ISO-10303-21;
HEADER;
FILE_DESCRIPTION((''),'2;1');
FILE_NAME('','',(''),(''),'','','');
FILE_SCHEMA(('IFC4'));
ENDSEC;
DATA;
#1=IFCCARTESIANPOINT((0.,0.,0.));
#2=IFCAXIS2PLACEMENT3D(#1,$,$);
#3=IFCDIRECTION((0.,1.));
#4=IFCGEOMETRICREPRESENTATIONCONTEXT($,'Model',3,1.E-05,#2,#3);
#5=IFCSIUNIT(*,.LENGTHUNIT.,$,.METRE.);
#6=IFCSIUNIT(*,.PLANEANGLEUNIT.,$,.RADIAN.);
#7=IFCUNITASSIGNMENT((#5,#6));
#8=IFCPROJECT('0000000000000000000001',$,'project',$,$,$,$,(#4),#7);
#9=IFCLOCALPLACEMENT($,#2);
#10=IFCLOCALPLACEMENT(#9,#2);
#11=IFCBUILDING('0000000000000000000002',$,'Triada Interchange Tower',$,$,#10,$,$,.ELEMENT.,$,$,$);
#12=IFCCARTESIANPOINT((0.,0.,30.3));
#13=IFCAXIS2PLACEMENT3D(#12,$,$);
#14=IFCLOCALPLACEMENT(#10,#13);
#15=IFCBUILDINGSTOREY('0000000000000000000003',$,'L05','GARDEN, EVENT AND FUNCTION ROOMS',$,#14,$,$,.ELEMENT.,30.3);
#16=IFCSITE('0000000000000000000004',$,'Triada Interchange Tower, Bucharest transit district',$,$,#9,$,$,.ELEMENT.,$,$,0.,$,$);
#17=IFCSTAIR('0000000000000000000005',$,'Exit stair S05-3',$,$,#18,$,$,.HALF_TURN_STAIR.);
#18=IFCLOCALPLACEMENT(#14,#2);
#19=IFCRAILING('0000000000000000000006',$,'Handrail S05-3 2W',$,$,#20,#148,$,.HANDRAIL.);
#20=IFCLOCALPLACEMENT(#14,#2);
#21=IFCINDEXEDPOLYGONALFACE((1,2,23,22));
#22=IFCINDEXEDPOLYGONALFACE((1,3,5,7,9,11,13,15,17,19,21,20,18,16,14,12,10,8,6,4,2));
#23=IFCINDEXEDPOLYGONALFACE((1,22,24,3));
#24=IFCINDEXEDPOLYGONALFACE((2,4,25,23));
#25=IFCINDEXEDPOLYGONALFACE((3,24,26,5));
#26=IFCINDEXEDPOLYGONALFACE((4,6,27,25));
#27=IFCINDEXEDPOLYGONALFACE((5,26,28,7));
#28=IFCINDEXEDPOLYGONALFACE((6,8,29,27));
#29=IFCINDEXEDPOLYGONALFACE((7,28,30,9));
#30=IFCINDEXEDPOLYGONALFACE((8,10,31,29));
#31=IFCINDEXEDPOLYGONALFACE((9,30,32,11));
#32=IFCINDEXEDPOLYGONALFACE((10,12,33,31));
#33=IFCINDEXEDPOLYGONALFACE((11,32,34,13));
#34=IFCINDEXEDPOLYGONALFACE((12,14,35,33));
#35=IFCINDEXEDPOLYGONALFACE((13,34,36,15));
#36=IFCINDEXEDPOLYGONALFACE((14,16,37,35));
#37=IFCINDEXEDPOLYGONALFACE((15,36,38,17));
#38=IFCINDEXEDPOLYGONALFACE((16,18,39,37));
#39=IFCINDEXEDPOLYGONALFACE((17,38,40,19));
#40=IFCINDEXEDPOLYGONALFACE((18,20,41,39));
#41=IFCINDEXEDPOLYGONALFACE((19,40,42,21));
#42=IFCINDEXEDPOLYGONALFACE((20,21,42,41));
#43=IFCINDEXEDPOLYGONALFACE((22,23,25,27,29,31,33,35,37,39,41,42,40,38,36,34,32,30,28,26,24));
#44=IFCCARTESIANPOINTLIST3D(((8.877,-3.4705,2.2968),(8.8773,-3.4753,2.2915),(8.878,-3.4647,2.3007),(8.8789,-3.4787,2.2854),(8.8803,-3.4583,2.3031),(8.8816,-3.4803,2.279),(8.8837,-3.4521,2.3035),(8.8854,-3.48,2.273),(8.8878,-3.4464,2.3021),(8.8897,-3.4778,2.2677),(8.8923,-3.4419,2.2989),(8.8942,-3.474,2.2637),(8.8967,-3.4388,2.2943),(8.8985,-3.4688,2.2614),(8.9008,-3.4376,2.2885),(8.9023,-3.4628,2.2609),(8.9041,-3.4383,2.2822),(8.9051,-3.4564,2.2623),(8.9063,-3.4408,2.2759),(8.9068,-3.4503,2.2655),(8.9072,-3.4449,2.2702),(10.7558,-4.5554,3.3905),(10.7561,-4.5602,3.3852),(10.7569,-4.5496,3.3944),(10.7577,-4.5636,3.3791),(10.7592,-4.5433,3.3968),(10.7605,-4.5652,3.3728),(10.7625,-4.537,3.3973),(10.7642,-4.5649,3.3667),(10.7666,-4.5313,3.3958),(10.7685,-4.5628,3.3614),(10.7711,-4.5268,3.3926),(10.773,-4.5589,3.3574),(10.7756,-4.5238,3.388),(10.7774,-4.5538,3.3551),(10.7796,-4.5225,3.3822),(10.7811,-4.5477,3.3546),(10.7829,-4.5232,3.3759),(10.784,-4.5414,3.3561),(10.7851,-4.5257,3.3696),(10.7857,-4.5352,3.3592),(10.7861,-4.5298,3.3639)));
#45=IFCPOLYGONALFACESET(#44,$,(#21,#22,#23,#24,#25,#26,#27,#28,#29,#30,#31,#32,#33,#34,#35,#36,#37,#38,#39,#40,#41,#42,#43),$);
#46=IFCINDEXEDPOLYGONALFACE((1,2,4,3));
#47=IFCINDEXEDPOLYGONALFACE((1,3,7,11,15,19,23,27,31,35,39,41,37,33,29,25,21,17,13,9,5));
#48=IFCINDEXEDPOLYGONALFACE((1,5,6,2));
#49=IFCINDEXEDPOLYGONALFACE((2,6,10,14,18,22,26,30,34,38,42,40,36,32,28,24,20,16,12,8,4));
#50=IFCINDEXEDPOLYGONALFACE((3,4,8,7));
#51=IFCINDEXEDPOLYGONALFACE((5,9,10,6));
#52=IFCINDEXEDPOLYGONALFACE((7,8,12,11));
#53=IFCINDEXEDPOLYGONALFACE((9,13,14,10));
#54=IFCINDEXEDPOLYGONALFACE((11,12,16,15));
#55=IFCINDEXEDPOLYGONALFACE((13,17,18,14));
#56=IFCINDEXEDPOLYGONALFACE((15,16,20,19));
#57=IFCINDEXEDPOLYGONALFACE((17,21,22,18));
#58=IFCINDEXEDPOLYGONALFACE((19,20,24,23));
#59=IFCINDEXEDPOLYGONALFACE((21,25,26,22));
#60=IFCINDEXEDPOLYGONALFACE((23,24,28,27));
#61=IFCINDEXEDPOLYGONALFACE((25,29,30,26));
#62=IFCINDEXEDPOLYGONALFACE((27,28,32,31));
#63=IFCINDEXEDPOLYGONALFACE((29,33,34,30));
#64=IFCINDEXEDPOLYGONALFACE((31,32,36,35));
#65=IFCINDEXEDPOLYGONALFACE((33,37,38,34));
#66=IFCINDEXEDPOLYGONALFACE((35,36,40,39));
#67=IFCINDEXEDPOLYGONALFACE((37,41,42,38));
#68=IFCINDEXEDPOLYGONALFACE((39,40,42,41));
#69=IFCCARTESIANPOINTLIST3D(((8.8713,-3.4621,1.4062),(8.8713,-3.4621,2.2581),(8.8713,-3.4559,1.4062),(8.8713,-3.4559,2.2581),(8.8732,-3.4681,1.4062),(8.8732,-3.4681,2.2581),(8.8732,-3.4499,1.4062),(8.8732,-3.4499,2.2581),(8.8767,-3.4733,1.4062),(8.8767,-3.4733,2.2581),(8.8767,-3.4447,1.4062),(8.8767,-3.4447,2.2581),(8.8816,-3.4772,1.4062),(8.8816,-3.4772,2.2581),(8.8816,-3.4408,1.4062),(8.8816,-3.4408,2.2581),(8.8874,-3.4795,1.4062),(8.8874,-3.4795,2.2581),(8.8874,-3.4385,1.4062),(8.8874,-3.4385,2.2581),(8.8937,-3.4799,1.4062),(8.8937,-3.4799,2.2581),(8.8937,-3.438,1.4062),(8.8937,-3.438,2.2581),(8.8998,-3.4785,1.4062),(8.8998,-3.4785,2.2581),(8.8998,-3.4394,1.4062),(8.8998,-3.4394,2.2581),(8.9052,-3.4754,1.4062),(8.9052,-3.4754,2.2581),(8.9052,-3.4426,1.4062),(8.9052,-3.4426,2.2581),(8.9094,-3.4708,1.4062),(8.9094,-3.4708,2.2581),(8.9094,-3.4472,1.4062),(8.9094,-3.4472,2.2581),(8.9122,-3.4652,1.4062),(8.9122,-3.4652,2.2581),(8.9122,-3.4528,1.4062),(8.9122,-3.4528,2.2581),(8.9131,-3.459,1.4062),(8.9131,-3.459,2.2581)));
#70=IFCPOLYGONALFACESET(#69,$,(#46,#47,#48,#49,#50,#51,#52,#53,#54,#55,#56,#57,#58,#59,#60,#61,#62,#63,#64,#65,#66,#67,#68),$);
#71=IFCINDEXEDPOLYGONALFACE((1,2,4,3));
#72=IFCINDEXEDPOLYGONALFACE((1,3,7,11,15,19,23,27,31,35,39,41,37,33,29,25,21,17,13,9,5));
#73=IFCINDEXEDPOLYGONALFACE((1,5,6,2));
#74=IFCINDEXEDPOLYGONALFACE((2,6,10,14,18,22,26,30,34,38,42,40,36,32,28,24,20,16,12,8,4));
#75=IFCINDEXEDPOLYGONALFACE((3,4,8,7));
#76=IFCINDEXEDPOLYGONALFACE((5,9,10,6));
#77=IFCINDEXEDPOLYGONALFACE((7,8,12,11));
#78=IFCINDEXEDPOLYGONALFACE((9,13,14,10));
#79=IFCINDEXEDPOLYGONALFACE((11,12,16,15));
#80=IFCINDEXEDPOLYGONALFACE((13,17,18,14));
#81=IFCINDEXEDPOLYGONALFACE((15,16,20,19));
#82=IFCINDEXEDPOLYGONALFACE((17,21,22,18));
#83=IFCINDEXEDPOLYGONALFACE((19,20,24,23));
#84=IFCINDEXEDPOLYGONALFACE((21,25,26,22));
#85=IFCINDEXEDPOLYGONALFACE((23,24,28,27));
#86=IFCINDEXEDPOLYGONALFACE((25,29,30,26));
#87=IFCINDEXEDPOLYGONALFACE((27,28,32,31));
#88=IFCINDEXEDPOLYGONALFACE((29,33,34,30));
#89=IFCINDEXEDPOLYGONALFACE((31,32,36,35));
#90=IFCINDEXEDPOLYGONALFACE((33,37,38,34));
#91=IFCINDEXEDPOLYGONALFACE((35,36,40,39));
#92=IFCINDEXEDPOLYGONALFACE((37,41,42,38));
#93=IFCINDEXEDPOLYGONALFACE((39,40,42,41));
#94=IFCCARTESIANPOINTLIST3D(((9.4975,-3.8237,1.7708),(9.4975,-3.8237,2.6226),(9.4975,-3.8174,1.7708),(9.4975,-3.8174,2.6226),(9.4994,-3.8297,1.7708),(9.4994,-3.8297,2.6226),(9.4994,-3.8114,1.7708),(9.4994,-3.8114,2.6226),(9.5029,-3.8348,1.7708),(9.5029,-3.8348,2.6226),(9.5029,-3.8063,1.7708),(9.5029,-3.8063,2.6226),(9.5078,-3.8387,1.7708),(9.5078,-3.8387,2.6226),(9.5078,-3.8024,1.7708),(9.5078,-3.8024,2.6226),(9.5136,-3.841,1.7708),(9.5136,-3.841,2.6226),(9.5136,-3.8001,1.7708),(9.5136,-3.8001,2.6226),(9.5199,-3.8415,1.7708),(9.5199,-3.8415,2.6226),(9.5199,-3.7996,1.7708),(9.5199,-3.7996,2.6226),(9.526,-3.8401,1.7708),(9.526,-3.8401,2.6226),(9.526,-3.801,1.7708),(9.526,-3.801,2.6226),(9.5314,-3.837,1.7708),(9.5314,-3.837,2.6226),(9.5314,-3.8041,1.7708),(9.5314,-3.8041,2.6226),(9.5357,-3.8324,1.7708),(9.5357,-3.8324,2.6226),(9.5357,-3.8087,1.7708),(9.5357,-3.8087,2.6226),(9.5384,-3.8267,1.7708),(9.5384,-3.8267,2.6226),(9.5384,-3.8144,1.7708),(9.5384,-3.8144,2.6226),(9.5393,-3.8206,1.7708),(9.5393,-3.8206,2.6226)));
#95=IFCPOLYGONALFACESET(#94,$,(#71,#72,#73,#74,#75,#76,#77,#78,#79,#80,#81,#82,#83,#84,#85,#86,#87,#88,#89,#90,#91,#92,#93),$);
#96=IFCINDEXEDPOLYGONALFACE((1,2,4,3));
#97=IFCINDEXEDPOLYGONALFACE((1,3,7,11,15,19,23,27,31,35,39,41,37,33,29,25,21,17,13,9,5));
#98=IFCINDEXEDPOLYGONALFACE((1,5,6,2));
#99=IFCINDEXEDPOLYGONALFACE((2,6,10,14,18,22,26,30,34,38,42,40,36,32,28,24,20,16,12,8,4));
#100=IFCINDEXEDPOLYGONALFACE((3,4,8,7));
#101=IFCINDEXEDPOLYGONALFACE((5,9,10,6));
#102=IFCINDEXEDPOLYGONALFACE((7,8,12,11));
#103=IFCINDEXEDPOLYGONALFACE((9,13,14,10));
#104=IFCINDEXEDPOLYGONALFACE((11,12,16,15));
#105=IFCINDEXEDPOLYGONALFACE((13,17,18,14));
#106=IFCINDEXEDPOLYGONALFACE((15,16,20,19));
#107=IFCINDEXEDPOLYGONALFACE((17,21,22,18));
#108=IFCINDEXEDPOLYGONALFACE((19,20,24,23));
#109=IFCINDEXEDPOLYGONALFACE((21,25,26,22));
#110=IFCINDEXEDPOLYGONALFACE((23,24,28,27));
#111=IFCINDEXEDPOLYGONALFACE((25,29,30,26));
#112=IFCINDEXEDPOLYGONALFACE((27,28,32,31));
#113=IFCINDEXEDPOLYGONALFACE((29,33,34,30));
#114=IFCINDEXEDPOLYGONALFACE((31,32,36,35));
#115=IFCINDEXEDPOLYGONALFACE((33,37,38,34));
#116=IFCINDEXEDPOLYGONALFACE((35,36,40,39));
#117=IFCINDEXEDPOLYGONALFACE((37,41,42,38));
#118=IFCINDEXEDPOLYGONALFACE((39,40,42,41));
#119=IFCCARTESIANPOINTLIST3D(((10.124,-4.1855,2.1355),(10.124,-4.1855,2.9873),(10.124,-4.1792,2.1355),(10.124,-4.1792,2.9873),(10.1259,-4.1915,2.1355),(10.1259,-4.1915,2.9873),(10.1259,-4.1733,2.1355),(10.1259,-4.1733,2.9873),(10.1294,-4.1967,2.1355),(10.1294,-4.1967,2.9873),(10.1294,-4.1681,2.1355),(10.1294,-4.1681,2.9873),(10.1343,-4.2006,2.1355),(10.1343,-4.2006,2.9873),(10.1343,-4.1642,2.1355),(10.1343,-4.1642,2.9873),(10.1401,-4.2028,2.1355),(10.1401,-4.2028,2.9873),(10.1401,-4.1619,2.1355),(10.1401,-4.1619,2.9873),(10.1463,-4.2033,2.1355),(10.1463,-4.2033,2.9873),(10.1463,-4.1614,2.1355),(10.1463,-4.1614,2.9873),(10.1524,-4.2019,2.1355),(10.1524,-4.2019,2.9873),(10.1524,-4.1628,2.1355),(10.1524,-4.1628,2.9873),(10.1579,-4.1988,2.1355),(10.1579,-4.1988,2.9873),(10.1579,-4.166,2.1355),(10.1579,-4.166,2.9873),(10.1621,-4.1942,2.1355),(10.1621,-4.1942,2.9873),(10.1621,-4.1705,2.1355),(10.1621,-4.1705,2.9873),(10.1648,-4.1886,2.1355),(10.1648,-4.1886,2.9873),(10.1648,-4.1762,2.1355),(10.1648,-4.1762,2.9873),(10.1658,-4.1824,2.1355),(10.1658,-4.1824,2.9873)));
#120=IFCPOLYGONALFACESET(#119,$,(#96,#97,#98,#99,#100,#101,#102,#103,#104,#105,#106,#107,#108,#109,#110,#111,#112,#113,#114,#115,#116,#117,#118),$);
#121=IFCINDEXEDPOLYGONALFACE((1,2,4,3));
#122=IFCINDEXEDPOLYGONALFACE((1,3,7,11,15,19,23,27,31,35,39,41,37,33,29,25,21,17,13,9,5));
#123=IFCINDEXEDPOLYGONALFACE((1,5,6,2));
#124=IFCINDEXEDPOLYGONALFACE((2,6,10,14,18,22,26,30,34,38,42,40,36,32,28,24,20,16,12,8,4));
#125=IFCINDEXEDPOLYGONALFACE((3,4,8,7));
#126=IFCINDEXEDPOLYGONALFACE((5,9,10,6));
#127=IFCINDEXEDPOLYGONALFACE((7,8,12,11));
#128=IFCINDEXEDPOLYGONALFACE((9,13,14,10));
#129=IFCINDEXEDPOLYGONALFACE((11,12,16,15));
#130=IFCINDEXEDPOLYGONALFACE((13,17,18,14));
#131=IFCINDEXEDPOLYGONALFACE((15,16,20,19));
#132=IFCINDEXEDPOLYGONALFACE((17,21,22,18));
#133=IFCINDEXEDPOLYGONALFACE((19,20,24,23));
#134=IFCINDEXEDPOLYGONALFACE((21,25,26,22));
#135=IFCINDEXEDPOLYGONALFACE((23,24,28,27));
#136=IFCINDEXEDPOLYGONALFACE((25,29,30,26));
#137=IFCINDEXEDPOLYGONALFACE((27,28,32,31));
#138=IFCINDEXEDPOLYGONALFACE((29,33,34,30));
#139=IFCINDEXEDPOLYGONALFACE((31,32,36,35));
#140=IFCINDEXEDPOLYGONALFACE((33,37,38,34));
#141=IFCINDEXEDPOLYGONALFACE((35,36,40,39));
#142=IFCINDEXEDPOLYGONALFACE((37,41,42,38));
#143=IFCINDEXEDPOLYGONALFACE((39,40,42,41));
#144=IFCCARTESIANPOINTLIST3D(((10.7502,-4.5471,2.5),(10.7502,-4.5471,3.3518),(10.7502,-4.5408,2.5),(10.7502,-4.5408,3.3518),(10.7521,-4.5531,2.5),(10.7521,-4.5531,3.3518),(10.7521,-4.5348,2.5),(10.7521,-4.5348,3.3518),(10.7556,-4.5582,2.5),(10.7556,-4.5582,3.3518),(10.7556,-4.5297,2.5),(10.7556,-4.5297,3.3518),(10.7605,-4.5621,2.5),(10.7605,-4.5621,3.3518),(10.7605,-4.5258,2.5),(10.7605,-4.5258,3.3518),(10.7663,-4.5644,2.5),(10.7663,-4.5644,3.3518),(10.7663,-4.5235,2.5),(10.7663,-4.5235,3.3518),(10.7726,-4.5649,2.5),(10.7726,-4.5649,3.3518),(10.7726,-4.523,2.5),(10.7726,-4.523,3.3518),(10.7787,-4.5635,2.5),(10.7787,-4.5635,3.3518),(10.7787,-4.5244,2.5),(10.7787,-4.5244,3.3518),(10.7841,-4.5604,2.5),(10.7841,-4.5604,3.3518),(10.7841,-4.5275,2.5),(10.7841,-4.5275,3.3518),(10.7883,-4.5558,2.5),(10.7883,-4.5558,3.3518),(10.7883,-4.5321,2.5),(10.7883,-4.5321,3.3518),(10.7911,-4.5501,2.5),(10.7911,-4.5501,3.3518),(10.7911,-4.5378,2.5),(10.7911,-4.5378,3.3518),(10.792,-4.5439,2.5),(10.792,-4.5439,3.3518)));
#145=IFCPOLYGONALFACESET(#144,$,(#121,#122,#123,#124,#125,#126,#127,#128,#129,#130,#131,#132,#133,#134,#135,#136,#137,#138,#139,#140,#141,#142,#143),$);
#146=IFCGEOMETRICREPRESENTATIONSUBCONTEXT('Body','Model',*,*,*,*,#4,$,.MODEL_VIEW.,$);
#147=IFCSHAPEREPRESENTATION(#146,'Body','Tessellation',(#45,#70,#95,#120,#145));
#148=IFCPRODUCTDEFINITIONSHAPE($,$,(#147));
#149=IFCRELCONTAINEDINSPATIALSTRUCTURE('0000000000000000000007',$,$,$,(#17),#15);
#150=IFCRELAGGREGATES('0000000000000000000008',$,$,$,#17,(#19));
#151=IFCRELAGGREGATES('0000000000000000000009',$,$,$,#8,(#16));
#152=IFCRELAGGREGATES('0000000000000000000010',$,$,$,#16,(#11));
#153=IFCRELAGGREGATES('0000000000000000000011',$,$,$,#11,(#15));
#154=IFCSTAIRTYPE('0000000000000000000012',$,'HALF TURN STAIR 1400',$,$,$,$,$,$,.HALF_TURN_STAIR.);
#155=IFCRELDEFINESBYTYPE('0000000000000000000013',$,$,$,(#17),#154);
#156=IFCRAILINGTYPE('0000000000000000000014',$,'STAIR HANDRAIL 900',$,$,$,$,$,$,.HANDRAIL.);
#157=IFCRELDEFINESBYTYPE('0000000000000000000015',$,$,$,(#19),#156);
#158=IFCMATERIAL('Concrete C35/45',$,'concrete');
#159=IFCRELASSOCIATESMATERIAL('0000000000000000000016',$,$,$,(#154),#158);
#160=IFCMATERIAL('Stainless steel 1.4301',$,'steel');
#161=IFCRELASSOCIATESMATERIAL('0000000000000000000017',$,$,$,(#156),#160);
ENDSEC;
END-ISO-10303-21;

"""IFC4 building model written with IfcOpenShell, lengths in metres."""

from ifc_helpers import new_model, si_unit, direction, frame, origin, origin_2d, place, context, subcontext, project, spatial, circle, extrude, material, type_object, element, aggregate, save


model = new_model("IFC4")

# Units and contexts
model_context = context("Model", 3, precision=1e-05, world=origin(), true_north=direction((0.0, 1.0)))
body_context = subcontext(model_context, "Body", "Model", "MODEL_VIEW")
ifc_project = project(units=[si_unit("LENGTHUNIT", "METRE"), si_unit("PLANEANGLEUNIT", "RADIAN")], contexts=[model_context])

# Site, building, storey
site_placement = place(None, origin())
site = spatial("IfcSite", under=ifc_project, at=site_placement, Name="Triada Interchange Tower, Bucharest transit district", CompositionType="ELEMENT", RefElevation=0.0)
building_placement = place(site_placement, origin())
building = spatial("IfcBuilding", under=site, at=building_placement, Name="Triada Interchange Tower", CompositionType="ELEMENT")
storey_placement = place(building_placement, frame((0.0, 0.0, 30.3)))
storey = spatial("IfcBuildingStorey", under=building, at=storey_placement, Name="L05", Description="GARDEN, EVENT AND FUNCTION ROOMS", CompositionType="ELEMENT", Elevation=30.3)

# Stair, railing
ifc_material_1 = material(Name="Concrete C35/45", Category="concrete")
stair_type = type_object("IfcStairType", Name="HALF TURN STAIR 1400", PredefinedType="HALF_TURN_STAIR", material=ifc_material_1)
stair_placement = place(storey_placement, origin())
stair = element("IfcStair", 1, at=stair_placement, inside=storey, type_object=stair_type, Name="Exit stair S05-3", PredefinedType="HALF_TURN_STAIR")
ifc_material_2 = material(Name="Stainless steel 1.4301", Category="steel")
railing_type = type_object("IfcRailingType", Name="STAIR HANDRAIL 900", PredefinedType="HANDRAIL", material=ifc_material_2)
railing_1_placement = place(storey_placement, frame((8.8921, -3.459, 1.4062)))
railing_1 = element("IfcRailing", 2, at=railing_1_placement, type_object=railing_type, Name="Handrail S05-3 2W", PredefinedType="HANDRAIL", context=body_context, shape_type="SweptSolid", body=[
    extrude(circle(Radius=0.0239, at=origin_2d()), frame((0.0, 0.0, 0.876), z_axis=(0.77329, -0.446531, 0.450148), x_axis=(0.50006, 0.865991, 0.0)), (0.0, 0.0, 1.0), 2.4297),
    extrude(circle(Radius=0.021, at=origin_2d()), origin(), (0.0, 0.0, 1.0), 0.8518),
    extrude(circle(Radius=0.021, at=origin_2d()), frame((0.6262, -0.3616, 0.3645)), (0.0, 0.0, 1.0), 0.8518),
    extrude(circle(Radius=0.021, at=origin_2d()), frame((1.2527, -0.7234, 0.7292)), (0.0, 0.0, 1.0), 0.8518),
    extrude(circle(Radius=0.021, at=origin_2d()), frame((1.8789, -1.085, 1.0938)), (0.0, 0.0, 1.0), 0.8518),
])
aggregate(stair, [railing_1])

save(model, "model.ifc")
